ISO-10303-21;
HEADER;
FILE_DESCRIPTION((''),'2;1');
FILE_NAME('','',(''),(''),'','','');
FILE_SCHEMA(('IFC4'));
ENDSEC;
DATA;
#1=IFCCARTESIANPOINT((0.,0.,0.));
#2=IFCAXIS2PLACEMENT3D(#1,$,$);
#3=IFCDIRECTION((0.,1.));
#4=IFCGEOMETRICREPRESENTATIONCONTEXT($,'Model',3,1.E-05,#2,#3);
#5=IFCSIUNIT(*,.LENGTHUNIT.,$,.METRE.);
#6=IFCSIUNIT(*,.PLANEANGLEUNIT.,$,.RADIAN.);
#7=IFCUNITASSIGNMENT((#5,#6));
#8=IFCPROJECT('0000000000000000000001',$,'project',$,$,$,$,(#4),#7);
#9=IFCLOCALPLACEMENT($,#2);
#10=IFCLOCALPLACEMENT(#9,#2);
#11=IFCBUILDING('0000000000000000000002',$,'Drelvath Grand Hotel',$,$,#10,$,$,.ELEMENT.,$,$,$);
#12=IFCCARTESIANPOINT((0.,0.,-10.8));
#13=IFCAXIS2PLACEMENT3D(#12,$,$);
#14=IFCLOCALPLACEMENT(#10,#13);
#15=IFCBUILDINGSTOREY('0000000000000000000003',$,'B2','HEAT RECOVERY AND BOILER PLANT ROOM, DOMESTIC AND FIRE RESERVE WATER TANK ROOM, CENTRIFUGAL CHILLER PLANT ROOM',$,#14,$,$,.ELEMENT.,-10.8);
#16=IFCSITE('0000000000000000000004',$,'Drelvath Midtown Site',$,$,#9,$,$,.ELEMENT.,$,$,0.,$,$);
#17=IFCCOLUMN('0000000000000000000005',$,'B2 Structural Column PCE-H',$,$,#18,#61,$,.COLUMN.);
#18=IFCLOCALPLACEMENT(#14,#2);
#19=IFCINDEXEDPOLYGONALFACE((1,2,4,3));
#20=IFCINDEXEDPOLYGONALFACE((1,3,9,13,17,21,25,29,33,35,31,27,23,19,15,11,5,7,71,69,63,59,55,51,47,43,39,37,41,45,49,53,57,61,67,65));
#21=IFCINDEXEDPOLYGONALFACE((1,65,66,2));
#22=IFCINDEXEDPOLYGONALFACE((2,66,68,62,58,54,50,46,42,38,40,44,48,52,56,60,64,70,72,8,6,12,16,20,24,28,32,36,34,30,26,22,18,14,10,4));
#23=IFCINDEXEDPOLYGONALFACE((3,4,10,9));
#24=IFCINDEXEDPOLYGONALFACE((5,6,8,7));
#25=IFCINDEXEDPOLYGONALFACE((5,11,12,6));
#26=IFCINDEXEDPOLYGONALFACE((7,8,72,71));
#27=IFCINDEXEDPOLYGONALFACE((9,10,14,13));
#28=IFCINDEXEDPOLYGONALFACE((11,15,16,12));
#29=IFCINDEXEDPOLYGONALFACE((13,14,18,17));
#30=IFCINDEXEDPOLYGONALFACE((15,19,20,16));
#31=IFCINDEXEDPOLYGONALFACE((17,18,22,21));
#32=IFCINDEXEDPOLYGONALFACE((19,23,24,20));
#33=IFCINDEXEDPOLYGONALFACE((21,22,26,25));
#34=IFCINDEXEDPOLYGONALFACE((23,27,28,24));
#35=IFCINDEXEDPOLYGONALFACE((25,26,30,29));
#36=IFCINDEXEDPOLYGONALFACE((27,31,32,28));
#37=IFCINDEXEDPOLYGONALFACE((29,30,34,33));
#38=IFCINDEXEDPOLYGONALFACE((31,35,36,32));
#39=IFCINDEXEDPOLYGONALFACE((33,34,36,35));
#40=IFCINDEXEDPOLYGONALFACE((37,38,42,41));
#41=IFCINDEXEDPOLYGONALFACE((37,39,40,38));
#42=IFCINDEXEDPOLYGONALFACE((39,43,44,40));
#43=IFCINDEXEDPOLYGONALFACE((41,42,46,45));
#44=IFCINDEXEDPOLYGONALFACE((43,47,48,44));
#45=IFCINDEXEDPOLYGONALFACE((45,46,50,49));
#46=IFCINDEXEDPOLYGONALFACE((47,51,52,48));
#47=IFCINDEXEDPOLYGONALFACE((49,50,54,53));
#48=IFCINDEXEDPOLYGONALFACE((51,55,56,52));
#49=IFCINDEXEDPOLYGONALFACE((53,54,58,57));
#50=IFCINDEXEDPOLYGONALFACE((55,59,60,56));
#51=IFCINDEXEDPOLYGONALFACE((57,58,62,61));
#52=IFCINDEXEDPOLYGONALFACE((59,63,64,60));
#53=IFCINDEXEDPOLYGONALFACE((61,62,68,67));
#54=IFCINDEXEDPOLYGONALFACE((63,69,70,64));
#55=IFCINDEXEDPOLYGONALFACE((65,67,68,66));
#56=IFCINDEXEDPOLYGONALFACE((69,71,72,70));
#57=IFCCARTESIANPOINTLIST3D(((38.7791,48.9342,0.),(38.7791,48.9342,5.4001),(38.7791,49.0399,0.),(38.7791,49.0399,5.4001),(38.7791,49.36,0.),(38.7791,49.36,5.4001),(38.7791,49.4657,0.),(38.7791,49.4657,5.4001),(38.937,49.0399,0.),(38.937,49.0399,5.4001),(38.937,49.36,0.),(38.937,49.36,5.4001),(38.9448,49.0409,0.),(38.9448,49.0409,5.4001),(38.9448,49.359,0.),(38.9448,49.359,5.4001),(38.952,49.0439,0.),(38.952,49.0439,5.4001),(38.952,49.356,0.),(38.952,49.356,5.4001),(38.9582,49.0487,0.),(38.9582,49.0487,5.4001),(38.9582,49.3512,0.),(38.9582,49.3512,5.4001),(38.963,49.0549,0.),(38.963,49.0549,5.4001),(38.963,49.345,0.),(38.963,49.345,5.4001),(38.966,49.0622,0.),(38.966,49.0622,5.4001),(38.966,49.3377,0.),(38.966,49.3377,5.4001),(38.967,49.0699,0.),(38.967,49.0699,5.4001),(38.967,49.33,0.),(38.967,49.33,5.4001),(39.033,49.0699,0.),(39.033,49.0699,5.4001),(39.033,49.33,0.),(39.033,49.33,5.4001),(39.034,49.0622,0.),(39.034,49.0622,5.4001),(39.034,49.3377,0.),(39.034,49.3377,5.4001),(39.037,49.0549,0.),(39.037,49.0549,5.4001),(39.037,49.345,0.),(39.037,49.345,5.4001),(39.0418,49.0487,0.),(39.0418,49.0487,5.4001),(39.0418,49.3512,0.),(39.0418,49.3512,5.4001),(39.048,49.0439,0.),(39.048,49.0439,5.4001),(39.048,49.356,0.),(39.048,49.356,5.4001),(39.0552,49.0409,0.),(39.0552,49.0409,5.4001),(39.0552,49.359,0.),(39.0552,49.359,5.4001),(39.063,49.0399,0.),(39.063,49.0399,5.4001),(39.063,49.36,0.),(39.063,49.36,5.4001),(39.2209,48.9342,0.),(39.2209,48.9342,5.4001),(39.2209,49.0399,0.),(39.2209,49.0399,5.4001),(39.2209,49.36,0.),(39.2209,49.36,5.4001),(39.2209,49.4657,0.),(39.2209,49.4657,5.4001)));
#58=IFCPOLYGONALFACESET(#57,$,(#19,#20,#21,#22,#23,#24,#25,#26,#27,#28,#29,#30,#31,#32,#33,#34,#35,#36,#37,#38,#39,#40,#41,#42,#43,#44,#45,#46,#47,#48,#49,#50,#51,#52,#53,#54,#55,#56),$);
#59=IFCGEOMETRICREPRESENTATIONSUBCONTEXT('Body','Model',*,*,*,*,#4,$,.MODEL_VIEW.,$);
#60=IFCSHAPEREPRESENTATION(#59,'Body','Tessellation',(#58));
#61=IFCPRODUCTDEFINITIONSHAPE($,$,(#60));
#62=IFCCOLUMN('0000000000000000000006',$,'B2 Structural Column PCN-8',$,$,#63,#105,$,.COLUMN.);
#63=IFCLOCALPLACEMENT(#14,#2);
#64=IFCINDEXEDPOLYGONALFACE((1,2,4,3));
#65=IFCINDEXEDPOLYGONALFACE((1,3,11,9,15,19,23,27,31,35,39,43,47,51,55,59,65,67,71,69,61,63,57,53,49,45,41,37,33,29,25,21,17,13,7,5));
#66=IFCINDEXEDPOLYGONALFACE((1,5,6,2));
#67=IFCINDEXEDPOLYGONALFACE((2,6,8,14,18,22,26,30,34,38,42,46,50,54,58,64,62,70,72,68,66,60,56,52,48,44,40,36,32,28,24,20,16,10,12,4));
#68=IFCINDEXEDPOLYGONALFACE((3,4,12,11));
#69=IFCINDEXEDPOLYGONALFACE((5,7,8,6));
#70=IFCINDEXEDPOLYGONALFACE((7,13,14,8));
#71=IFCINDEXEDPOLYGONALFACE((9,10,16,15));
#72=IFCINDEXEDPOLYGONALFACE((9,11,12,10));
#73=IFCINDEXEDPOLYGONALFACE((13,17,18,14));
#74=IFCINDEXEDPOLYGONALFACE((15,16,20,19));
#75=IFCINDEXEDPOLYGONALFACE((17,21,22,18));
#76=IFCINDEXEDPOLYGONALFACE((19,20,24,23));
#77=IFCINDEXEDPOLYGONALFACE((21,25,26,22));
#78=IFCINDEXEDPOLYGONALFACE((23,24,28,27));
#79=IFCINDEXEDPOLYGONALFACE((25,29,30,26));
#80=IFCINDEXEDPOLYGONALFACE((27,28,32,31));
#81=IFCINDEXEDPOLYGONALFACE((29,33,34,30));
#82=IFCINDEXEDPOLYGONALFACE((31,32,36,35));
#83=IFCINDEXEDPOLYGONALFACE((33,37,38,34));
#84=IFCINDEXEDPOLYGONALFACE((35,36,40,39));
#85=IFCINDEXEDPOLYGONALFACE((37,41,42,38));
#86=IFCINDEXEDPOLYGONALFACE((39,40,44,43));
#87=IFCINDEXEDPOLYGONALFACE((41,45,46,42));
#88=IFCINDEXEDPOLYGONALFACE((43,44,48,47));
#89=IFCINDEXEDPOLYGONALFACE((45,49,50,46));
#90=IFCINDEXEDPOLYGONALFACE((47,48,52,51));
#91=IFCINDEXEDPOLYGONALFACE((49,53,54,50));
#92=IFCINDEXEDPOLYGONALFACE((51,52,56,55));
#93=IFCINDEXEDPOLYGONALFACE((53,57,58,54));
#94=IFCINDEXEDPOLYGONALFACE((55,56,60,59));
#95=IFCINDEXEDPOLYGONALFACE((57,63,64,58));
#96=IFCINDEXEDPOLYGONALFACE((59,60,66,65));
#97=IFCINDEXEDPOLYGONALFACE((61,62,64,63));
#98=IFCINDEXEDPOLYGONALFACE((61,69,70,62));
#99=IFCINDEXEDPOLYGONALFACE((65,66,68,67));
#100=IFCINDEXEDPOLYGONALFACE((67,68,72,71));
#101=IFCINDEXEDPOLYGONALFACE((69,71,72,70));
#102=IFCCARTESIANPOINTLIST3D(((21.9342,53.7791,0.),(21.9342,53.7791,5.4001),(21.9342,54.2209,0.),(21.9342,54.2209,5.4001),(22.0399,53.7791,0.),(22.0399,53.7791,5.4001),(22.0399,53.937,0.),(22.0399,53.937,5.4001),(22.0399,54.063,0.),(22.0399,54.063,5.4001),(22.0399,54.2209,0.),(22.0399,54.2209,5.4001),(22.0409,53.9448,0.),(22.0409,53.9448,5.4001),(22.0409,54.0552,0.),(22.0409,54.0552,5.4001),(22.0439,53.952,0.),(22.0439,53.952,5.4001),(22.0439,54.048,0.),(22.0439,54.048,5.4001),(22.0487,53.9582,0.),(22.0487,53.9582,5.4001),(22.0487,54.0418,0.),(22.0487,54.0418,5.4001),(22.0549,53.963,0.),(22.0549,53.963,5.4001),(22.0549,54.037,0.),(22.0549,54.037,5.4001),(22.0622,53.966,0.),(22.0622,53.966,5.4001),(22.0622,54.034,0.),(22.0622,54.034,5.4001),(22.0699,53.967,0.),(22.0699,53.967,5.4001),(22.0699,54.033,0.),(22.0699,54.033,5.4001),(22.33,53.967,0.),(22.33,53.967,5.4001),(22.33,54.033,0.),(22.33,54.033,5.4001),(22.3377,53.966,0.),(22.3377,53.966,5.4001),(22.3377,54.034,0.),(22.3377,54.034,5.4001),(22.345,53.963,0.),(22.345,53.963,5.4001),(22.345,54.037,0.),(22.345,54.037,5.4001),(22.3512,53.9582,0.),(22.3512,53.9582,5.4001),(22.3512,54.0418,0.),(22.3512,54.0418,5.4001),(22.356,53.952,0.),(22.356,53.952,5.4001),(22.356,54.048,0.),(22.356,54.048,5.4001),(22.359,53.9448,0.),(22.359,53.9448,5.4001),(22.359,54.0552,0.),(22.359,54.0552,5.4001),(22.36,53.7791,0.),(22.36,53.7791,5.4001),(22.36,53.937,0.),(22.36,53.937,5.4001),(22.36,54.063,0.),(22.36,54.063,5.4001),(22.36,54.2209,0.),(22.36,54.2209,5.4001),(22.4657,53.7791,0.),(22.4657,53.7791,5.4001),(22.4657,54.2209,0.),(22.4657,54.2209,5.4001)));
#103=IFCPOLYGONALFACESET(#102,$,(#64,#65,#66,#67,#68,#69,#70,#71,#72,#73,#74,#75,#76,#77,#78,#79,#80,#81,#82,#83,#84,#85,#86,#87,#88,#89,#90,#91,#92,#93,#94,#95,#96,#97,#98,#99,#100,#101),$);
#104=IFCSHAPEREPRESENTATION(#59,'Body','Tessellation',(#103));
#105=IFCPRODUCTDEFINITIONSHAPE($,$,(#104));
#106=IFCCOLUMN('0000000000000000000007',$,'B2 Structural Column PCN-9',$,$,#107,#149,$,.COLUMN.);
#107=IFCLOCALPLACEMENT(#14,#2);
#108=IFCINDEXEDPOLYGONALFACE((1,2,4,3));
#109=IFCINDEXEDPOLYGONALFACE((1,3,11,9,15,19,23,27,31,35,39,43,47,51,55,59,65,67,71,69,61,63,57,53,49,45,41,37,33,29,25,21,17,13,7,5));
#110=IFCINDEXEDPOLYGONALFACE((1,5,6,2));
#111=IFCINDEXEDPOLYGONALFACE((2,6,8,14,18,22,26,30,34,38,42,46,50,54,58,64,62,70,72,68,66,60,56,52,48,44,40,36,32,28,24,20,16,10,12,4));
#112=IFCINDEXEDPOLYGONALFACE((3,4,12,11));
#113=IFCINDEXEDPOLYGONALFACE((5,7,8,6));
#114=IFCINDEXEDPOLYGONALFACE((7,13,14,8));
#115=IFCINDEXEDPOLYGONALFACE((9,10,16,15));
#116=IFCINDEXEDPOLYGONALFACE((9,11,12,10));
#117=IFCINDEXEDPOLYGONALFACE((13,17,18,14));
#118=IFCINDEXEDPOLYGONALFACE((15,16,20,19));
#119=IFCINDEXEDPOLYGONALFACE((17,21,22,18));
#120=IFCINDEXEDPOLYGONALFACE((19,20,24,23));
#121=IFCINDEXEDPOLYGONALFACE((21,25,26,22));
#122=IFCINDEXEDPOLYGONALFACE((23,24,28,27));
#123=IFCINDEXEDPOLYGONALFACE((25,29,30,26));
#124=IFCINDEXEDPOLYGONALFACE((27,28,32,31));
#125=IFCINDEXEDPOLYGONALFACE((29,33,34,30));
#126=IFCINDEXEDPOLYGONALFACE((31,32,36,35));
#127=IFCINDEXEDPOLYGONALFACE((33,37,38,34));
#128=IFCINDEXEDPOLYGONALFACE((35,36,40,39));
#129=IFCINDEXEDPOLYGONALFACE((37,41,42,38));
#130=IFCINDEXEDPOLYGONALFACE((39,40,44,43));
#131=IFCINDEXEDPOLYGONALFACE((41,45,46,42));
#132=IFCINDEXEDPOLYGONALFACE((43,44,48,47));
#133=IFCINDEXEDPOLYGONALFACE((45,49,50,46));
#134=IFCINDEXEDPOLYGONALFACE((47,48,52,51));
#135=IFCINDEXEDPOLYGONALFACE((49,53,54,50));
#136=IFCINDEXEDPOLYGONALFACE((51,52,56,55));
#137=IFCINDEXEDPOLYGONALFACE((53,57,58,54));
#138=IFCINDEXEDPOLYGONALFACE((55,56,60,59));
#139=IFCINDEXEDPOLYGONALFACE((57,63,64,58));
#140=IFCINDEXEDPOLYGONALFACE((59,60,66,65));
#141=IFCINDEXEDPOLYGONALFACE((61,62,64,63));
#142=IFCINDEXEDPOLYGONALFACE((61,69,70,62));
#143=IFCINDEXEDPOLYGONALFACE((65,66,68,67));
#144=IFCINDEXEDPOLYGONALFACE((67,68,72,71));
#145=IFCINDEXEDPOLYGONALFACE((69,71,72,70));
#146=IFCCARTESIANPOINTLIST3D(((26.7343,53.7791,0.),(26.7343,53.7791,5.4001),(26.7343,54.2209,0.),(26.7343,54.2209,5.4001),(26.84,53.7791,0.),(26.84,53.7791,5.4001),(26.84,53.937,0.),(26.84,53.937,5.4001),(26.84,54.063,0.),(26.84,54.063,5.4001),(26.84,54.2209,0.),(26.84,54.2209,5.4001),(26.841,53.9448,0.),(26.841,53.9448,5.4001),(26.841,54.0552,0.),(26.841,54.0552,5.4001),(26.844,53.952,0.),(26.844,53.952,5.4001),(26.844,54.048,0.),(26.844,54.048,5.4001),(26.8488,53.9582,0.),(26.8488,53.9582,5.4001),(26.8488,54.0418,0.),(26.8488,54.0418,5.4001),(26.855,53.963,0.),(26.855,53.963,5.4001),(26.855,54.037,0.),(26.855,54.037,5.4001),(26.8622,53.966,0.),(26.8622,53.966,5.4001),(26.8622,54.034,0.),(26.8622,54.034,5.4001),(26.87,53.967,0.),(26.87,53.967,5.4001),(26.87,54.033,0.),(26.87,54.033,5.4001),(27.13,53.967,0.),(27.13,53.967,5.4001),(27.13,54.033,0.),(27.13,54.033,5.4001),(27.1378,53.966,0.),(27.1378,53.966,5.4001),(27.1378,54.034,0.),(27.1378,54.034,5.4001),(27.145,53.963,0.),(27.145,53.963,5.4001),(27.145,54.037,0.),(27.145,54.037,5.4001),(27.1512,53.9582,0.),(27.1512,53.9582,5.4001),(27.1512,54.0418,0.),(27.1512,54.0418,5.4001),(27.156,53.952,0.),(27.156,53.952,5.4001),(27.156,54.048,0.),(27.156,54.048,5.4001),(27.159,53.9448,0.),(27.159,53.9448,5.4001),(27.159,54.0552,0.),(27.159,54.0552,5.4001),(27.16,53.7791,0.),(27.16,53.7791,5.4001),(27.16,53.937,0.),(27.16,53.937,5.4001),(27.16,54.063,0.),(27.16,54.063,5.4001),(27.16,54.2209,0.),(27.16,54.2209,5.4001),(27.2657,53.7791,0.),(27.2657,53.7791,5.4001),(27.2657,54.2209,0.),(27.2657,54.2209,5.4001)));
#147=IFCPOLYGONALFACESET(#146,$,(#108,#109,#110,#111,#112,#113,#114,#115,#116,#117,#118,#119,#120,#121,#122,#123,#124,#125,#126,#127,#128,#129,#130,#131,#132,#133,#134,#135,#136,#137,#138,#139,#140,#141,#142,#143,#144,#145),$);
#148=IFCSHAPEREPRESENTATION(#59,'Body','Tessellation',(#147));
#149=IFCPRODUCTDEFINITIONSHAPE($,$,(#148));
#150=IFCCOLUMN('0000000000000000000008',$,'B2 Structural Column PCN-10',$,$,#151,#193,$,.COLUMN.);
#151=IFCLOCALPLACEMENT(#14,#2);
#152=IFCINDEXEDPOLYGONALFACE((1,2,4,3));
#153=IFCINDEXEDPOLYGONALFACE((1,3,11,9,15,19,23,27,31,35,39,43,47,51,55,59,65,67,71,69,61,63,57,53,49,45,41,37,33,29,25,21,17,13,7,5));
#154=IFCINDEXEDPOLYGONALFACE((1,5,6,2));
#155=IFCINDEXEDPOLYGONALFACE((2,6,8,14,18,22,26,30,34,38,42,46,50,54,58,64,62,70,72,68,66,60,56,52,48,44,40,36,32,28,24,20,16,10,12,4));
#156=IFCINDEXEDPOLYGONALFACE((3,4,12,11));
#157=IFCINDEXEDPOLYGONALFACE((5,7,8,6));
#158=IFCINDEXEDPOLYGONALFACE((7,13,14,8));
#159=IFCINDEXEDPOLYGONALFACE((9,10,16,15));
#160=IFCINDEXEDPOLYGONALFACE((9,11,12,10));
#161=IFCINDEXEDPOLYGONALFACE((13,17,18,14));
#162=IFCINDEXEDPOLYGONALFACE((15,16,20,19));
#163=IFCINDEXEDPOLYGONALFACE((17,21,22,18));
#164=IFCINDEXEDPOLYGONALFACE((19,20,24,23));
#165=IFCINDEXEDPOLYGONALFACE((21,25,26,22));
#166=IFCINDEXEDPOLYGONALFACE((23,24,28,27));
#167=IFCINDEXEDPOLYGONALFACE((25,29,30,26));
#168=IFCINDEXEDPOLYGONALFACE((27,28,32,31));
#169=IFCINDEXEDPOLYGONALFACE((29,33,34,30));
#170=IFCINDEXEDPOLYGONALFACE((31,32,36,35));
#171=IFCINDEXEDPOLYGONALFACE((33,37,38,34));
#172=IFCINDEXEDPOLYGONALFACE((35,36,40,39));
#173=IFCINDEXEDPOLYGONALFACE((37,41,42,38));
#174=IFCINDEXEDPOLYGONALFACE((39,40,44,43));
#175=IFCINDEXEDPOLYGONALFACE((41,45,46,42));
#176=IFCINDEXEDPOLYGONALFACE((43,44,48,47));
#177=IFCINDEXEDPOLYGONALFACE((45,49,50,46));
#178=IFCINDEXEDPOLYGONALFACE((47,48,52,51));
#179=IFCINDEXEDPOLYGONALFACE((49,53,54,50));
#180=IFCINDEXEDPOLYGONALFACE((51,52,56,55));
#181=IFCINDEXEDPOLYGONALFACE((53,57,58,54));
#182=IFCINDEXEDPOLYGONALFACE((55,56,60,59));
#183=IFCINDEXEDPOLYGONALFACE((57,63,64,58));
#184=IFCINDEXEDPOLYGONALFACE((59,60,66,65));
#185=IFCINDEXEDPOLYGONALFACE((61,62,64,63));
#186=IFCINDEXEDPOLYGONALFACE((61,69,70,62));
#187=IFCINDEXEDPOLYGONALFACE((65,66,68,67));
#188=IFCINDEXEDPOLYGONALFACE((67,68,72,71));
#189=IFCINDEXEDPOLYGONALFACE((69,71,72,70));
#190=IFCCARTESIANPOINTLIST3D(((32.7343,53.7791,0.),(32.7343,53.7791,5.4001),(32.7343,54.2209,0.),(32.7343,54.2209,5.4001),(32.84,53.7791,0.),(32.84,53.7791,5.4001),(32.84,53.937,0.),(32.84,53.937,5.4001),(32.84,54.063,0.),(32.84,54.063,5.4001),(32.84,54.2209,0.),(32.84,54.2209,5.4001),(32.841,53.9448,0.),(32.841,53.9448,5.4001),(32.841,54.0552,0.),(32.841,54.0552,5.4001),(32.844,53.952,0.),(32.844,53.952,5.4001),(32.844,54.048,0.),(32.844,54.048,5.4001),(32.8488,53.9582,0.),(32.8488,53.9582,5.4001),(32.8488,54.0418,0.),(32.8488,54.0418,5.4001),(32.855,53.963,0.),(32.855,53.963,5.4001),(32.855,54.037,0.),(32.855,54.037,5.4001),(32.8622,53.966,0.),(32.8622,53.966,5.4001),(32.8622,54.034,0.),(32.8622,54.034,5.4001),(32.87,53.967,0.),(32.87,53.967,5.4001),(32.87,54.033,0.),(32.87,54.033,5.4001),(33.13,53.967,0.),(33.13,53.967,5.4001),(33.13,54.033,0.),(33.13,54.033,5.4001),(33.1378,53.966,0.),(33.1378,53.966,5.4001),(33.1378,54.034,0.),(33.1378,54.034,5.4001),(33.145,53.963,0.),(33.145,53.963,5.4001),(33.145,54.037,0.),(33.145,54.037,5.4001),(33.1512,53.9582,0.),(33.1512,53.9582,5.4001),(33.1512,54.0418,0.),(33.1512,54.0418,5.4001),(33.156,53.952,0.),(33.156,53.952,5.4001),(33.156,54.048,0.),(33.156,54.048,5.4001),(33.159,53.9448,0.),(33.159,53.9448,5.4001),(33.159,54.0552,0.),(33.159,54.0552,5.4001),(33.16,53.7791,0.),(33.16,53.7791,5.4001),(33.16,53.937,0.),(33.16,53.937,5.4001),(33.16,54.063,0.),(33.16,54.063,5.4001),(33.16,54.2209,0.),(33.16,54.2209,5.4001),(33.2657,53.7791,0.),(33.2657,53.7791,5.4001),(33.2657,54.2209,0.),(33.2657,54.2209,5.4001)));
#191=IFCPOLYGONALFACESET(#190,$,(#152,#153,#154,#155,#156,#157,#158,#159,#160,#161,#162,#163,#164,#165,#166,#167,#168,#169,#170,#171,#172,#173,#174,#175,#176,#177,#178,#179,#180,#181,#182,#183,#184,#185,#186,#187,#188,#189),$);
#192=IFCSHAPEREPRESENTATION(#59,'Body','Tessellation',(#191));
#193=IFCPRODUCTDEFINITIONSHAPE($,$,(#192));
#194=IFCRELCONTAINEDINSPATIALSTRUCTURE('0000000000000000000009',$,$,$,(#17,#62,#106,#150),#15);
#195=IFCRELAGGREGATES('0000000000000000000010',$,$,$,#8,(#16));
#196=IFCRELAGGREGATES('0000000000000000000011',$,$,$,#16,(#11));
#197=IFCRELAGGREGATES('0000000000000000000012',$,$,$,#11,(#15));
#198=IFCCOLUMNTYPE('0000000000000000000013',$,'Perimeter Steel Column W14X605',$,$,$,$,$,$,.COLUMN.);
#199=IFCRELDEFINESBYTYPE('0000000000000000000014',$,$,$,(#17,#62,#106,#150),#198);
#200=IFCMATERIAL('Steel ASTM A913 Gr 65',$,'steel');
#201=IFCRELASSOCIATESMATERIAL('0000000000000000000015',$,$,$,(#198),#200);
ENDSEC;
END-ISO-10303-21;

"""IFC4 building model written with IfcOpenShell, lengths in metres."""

from ifc_helpers import new_model, si_unit, direction, frame, origin, origin_2d, place, context, subcontext, project, spatial, i_section, extrude, material, material_profile, profile_set, type_object, element, save


model = new_model("IFC4")

# Units and contexts
model_context = context("Model", 3, precision=1e-05, world=origin(), true_north=direction((0.0, 1.0)))
body_context = subcontext(model_context, "Body", "Model", "MODEL_VIEW")
ifc_project = project(units=[si_unit("LENGTHUNIT", "METRE"), si_unit("PLANEANGLEUNIT", "RADIAN")], contexts=[model_context])

# Site, building, storey
site_placement = place(None, origin())
site = spatial("IfcSite", under=ifc_project, at=site_placement, Name="Drelvath Midtown Site", CompositionType="ELEMENT", RefElevation=0.0)
building_placement = place(site_placement, origin())
building = spatial("IfcBuilding", under=site, at=building_placement, Name="Drelvath Grand Hotel", CompositionType="ELEMENT")
storey_placement = place(building_placement, frame((0.0, 0.0, -10.8)))
storey = spatial("IfcBuildingStorey", under=building, at=storey_placement, Name="B2", Description="HEAT RECOVERY AND BOILER PLANT ROOM, DOMESTIC AND FIRE RESERVE WATER TANK ROOM, CENTRIFUGAL CHILLER PLANT ROOM", CompositionType="ELEMENT", Elevation=-10.8)

# Columns
ifc_material_1 = material(Name="Steel ASTM A913 Gr 65", Category="steel")
ifc_material_profile_1 = material_profile(ifc_material_1, i_section(OverallWidth=0.4419, OverallDepth=0.5315, WebThickness=0.0659, FlangeThickness=0.1057, FilletRadius=0.03, at=origin_2d()), Name="W14X605")
ifc_profile_set_1 = profile_set([ifc_material_profile_1], Name="Steel ASTM A913 Gr 65")
column_type_1 = type_object("IfcColumnType", Name="Perimeter Steel Column W14X605", PredefinedType="COLUMN", material=ifc_profile_set_1)
for number, where, z_axis, x_axis, name in (
    (1, (39.0, 49.2, 0.0), (0.0, 0.0, 1.0), (1.0, 0.0, 0.0), "B2 Structural Column PCE-H"),
    (2, (22.2, 54.0, 0.0), (0.0, 0.0, 1.0), (0.0, 1.0, 0.0), "B2 Structural Column PCN-8"),
    (3, (27.0, 54.0, 0.0), (0.0, 0.0, 1.0), (0.0, 1.0, 0.0), "B2 Structural Column PCN-9"),
    (4, (33.0, 54.0, 0.0), (0.0, 0.0, 1.0), (0.0, 1.0, 0.0), "B2 Structural Column PCN-10"),
):
    element("IfcColumn", number, at=place(storey_placement, frame(where, z_axis=z_axis, x_axis=x_axis)), inside=storey, type_object=column_type_1, Name=name, PredefinedType="COLUMN", context=body_context, shape_type="SweptSolid", body=[
        extrude(i_section(OverallWidth=0.4419, OverallDepth=0.5315, WebThickness=0.0659, FlangeThickness=0.1057, FilletRadius=0.03, at=origin_2d()), origin(), (0.0, 0.0, 1.0), 5.4001),
    ])

save(model, "model.ifc")
